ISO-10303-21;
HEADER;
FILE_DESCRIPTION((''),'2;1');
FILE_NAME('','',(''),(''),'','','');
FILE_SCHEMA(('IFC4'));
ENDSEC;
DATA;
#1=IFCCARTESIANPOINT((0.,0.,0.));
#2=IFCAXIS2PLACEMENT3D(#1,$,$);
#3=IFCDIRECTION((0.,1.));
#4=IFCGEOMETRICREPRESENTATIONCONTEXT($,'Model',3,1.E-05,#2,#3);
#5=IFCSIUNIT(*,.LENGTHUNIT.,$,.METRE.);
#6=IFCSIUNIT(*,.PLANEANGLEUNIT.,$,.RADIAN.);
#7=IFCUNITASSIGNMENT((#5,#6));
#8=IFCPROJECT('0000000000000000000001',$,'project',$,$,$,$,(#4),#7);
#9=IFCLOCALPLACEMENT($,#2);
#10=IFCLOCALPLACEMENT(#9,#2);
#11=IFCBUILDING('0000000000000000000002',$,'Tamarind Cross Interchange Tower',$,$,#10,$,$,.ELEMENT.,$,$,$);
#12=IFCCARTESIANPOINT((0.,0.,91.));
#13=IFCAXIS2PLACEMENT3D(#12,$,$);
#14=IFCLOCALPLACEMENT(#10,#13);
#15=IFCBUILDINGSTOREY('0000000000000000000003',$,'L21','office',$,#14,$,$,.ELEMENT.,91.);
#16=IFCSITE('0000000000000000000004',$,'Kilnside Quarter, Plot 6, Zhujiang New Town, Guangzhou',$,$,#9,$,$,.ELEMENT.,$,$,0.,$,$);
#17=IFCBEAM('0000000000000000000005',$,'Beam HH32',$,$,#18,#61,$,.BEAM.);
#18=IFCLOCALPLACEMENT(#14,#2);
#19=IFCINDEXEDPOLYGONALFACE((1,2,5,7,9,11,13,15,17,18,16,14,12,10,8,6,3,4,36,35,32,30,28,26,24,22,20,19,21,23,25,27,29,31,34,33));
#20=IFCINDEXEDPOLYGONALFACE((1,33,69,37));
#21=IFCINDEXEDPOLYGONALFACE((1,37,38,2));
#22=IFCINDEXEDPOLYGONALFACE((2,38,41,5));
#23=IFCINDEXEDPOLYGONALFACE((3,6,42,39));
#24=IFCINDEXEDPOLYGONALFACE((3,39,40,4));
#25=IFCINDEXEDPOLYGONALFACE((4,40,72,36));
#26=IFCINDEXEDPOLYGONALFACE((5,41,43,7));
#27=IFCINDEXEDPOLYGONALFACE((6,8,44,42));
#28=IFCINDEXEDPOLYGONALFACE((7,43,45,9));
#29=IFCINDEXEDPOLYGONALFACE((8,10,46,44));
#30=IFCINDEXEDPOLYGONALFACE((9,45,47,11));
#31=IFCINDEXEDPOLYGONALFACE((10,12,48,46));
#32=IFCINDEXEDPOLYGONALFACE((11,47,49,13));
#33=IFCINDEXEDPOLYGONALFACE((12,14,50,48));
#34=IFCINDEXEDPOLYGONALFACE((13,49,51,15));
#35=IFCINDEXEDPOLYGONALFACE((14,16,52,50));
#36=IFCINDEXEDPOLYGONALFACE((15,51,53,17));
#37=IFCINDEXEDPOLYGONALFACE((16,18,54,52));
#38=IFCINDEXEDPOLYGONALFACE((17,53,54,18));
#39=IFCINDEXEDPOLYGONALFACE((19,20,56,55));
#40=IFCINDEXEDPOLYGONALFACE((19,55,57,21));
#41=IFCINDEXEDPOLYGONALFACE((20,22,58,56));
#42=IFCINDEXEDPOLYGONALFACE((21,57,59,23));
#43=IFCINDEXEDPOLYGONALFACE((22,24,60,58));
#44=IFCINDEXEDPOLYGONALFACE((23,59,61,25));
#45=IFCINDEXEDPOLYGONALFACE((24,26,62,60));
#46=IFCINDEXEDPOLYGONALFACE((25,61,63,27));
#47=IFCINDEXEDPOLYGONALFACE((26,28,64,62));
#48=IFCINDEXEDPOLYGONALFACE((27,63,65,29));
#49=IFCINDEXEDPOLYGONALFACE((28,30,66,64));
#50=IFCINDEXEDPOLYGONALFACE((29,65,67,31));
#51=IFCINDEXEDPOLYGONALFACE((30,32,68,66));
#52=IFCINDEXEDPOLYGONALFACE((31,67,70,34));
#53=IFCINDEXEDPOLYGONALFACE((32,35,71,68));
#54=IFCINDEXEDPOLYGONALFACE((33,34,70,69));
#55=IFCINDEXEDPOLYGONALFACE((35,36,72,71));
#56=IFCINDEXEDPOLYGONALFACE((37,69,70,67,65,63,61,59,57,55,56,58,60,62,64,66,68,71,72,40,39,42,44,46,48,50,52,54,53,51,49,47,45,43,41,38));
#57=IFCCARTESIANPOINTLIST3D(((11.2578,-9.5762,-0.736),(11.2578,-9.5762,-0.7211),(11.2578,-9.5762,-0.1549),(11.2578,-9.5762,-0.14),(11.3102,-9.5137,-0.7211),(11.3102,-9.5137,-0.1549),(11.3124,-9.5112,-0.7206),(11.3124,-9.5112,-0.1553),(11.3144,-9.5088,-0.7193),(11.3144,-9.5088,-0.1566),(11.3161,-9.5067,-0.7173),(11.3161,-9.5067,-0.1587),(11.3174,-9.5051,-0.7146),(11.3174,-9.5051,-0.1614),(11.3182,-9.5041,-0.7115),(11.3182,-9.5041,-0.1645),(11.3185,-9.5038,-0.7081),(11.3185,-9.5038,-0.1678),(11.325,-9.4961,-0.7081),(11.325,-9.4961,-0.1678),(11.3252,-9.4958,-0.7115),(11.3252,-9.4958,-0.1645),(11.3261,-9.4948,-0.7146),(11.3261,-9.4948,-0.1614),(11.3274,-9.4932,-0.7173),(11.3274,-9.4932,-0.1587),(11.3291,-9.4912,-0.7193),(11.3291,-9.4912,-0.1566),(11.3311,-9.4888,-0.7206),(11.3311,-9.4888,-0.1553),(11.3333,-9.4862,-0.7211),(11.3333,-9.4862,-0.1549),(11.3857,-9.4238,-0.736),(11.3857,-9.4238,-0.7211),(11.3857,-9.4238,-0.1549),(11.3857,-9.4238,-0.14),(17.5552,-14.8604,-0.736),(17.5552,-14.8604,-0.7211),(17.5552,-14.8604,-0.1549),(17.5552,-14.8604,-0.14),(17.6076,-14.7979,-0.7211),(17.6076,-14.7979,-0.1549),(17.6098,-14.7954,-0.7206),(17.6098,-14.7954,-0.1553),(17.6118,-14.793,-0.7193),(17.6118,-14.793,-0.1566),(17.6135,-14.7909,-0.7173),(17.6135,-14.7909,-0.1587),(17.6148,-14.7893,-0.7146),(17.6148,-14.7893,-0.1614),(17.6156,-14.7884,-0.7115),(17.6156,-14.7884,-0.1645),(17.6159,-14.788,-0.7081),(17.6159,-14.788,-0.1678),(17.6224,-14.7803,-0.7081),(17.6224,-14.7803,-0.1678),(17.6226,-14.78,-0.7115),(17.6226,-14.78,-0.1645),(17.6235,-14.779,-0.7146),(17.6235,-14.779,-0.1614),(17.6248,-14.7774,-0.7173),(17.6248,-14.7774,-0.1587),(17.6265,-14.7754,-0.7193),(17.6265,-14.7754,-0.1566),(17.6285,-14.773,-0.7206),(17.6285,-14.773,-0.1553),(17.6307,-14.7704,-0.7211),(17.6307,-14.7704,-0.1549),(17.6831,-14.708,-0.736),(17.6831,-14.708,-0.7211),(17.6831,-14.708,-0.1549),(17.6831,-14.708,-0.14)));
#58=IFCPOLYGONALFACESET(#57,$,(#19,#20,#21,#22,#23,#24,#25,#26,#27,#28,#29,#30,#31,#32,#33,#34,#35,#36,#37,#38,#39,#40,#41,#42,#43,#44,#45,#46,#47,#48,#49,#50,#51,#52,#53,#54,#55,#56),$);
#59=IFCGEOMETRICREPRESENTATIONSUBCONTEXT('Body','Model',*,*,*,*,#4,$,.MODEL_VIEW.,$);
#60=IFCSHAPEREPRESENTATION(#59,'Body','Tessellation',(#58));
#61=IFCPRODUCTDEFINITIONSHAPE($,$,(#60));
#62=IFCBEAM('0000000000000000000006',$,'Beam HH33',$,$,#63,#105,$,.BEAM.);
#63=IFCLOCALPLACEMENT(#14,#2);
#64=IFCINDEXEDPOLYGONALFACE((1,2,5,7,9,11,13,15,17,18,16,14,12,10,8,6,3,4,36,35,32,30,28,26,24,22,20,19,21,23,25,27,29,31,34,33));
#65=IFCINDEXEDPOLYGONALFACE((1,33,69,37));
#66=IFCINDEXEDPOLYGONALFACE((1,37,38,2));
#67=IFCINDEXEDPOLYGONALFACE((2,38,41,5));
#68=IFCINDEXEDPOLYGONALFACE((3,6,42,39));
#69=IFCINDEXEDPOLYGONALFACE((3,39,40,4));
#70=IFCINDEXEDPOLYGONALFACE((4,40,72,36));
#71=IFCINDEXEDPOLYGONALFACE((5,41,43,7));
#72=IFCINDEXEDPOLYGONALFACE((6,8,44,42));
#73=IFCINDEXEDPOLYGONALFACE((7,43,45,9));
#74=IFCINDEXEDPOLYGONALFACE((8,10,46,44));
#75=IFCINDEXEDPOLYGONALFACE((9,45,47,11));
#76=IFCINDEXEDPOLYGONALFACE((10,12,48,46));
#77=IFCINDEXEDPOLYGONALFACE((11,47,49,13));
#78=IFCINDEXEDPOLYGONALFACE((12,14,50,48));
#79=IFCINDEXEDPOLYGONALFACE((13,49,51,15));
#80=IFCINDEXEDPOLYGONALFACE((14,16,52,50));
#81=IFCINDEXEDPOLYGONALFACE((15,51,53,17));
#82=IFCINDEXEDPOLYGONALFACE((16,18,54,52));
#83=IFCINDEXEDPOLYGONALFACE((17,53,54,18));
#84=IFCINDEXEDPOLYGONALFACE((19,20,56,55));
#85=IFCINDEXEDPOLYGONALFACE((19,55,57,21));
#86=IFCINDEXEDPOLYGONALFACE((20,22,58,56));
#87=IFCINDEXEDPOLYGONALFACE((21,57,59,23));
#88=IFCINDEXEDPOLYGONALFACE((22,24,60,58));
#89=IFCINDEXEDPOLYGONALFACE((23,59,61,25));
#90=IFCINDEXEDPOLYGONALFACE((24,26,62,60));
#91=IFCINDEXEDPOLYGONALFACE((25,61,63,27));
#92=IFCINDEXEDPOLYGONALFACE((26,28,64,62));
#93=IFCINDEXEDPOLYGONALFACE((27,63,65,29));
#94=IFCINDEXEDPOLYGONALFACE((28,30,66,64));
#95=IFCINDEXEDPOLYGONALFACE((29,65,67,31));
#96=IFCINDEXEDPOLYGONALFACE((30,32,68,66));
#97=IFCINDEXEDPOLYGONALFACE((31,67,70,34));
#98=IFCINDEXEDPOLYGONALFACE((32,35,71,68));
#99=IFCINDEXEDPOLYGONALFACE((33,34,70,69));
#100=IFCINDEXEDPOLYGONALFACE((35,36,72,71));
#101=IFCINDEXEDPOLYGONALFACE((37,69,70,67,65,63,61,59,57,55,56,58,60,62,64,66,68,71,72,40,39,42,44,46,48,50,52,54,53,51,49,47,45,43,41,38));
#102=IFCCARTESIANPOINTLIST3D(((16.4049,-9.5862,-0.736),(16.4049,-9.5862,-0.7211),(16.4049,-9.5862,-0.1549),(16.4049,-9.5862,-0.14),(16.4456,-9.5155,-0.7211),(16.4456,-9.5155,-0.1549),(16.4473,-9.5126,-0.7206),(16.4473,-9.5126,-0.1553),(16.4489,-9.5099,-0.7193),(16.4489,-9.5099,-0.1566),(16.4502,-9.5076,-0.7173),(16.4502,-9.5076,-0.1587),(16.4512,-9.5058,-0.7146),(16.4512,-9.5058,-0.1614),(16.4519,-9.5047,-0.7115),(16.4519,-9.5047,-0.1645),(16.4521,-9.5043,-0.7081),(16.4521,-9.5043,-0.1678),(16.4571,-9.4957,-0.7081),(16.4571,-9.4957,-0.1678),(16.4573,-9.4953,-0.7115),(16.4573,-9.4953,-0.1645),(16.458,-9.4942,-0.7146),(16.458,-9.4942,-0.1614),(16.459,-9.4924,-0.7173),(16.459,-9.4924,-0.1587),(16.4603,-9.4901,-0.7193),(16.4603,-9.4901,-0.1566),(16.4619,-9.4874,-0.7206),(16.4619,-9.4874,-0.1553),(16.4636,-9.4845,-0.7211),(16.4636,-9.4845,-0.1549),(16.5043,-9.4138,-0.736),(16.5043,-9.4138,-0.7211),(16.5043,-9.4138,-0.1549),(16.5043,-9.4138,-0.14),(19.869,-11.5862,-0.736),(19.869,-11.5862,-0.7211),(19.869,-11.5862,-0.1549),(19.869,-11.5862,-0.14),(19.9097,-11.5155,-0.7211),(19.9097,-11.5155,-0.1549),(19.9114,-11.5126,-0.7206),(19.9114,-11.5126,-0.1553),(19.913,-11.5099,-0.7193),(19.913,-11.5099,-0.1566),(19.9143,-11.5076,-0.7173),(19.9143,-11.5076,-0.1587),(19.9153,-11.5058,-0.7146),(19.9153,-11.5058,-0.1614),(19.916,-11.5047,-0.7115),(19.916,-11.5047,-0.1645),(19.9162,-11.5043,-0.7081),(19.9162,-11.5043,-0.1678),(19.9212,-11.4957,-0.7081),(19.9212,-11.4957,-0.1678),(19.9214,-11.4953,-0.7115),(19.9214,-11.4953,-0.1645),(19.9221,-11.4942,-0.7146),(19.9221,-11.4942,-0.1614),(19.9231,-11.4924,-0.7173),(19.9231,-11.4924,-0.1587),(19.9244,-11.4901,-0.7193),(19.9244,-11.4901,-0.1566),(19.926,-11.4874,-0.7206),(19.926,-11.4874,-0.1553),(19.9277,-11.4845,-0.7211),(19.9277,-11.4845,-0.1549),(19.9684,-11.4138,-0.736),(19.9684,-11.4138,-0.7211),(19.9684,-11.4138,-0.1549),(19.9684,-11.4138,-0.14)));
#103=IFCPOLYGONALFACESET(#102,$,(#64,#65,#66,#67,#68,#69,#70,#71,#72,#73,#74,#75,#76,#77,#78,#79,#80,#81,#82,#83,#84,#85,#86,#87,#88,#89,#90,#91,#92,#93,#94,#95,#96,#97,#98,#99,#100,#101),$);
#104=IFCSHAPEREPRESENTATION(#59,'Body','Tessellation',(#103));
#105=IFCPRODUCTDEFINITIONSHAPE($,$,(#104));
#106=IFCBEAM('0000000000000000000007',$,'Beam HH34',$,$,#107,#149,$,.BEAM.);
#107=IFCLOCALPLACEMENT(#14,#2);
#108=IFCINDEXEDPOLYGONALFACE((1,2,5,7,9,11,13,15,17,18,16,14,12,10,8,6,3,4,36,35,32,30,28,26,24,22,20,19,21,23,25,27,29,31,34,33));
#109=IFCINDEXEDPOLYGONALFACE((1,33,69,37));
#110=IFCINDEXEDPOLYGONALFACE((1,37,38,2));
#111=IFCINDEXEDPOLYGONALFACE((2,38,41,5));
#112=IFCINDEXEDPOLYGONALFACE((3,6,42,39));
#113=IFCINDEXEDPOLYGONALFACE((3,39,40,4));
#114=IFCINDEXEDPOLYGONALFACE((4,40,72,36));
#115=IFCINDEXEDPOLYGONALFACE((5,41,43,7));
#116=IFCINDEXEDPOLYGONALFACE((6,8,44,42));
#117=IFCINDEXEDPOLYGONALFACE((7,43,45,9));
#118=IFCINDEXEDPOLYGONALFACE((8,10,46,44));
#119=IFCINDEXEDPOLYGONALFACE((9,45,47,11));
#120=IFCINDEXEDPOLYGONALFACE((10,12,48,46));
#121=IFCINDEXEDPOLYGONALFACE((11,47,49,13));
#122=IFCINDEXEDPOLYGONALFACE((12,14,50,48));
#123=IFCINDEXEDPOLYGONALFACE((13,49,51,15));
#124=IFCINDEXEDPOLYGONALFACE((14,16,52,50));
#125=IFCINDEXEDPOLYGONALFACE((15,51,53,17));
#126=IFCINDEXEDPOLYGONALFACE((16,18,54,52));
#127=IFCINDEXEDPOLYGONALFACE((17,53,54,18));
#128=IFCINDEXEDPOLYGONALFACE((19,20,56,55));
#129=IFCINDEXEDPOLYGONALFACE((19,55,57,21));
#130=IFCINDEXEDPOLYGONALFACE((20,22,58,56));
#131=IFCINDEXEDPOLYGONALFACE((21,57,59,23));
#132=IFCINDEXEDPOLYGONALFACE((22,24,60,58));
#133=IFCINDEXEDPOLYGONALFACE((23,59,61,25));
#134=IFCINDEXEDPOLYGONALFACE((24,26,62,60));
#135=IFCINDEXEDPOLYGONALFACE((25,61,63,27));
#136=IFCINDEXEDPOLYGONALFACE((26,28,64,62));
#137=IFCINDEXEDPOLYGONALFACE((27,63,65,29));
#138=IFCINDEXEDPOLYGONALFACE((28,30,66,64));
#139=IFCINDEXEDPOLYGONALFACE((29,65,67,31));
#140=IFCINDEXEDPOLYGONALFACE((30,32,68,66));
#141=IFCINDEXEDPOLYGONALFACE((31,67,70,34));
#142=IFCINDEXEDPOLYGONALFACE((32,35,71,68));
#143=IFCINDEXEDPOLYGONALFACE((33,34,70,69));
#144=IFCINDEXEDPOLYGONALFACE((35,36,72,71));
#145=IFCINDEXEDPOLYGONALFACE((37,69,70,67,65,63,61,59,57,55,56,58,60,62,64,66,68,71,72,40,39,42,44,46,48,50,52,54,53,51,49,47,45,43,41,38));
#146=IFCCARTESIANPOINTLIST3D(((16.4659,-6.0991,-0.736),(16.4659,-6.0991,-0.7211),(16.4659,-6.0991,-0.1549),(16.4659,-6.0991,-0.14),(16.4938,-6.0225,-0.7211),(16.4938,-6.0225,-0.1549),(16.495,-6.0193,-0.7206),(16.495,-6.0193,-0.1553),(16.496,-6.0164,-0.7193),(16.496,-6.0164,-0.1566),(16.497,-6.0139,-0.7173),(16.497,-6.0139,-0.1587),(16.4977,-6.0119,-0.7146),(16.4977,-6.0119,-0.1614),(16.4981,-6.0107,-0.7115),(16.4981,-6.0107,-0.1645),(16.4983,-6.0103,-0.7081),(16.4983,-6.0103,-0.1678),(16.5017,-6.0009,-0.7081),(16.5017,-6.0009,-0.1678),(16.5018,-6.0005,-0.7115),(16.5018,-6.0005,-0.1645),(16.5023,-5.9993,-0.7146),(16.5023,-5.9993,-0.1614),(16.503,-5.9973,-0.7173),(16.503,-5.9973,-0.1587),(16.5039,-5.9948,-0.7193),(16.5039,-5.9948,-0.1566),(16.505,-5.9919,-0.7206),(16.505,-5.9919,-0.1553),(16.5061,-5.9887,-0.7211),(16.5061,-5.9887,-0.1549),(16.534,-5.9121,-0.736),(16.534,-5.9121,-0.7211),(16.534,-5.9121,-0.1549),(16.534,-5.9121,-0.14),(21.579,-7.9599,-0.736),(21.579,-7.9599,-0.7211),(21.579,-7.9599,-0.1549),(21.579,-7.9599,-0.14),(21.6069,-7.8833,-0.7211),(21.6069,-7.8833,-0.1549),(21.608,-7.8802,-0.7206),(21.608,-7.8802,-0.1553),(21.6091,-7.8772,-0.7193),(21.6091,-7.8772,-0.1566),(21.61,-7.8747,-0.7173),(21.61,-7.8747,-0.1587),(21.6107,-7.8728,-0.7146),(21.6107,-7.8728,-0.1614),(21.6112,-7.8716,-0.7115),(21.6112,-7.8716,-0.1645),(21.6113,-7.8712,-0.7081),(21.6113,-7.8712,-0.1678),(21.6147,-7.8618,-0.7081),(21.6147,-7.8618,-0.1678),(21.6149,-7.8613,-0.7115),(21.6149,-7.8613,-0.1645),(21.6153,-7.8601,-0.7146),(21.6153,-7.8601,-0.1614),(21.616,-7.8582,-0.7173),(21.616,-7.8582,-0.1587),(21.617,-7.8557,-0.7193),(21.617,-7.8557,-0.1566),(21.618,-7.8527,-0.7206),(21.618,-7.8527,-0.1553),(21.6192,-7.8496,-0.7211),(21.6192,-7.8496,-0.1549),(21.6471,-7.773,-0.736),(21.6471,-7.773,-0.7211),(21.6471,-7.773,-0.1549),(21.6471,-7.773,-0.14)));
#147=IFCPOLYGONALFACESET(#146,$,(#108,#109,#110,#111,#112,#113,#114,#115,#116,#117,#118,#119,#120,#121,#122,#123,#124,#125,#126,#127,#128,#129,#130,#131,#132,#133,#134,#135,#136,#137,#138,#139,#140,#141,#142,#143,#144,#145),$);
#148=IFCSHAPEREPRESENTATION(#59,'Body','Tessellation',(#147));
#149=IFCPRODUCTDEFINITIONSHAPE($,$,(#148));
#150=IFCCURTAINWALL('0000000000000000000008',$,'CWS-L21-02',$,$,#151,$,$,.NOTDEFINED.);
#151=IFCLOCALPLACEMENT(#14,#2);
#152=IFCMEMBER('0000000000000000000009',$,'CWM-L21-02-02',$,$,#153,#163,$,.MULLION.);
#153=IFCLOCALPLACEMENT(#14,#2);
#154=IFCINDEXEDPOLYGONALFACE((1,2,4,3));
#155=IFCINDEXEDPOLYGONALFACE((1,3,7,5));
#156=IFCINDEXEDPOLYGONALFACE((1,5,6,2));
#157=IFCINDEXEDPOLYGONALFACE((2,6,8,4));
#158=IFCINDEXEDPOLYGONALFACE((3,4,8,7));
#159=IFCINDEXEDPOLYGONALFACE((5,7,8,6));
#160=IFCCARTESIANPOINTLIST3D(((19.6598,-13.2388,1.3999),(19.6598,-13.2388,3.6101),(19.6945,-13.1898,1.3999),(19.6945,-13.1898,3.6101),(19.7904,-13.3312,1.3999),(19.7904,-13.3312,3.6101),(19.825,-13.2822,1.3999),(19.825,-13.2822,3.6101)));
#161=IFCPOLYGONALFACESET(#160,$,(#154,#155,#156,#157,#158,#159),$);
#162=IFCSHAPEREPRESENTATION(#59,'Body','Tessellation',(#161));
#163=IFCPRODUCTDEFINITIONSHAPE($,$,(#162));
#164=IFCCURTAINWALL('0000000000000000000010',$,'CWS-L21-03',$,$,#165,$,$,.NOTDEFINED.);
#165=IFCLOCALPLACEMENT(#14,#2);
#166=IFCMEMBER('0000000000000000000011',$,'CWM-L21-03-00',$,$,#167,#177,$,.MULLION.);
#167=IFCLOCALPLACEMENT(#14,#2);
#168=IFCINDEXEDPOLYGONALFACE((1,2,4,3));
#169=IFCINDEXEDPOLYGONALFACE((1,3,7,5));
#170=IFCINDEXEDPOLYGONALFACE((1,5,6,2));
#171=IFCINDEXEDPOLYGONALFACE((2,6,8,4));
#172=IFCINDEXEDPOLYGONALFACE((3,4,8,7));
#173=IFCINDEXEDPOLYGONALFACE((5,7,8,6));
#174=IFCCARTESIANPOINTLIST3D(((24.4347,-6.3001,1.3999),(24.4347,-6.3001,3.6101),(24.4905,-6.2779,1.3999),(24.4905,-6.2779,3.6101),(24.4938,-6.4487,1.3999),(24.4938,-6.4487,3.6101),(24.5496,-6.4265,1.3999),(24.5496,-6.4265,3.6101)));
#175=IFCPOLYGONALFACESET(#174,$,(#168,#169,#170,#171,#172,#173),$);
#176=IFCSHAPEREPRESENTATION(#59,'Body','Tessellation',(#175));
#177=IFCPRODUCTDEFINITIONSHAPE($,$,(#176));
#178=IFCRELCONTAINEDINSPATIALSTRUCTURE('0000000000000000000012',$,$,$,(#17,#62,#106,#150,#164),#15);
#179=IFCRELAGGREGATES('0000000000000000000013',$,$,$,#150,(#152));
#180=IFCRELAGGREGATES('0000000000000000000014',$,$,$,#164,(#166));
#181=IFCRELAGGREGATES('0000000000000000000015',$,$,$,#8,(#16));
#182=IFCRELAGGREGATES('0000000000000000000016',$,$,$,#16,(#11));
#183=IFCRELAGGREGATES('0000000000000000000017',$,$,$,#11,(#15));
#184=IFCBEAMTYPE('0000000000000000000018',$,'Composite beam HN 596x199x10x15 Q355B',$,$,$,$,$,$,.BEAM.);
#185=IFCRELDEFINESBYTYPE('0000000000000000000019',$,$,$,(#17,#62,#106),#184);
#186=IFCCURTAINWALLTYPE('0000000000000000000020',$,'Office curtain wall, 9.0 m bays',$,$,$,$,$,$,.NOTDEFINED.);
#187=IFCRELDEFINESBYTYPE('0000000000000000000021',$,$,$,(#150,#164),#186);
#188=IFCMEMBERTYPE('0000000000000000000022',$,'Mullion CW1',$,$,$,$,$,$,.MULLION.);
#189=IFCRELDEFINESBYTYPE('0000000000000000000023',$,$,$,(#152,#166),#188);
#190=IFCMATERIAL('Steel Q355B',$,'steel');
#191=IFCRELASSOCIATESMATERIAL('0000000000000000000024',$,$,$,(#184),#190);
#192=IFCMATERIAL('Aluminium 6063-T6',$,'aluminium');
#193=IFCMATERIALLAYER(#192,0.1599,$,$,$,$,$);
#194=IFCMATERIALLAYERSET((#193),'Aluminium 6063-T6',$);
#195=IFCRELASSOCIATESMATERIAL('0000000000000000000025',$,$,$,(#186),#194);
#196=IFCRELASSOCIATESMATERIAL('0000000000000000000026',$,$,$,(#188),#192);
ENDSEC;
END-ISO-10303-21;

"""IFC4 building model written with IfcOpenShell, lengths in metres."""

from ifc_helpers import new_model, si_unit, direction, frame, origin, origin_2d, place, context, subcontext, project, spatial, rectangle, i_section, extrude, material, layer, layer_set, material_profile, profile_set, type_object, element, aggregate, save


model = new_model("IFC4")

# Units and contexts
model_context = context("Model", 3, precision=1e-05, world=origin(), true_north=direction((0.0, 1.0)))
body_context = subcontext(model_context, "Body", "Model", "MODEL_VIEW")
ifc_project = project(units=[si_unit("LENGTHUNIT", "METRE"), si_unit("PLANEANGLEUNIT", "RADIAN")], contexts=[model_context])

# Site, building, storey
site_placement = place(None, origin())
site = spatial("IfcSite", under=ifc_project, at=site_placement, Name="Kilnside Quarter, Plot 6, Zhujiang New Town, Guangzhou", CompositionType="ELEMENT", RefElevation=0.0)
building_placement = place(site_placement, origin())
building = spatial("IfcBuilding", under=site, at=building_placement, Name="Tamarind Cross Interchange Tower", CompositionType="ELEMENT")
storey_placement = place(building_placement, frame((0.0, 0.0, 91.0)))
storey = spatial("IfcBuildingStorey", under=building, at=storey_placement, Name="L21", Description="office", CompositionType="ELEMENT", Elevation=91.0)

# Beams
ifc_material_1 = material(Name="Steel Q355B", Category="steel")
ifc_material_profile_1 = material_profile(ifc_material_1, i_section(OverallWidth=0.199, OverallDepth=0.5959, WebThickness=0.01, FlangeThickness=0.0149, FilletRadius=0.0129, at=origin_2d()), Name="HN 596x199x10x15")
ifc_profile_set_1 = profile_set([ifc_material_profile_1], Name="Steel Q355B")
beam_type = type_object("IfcBeamType", Name="Composite beam HN 596x199x10x15 Q355B", PredefinedType="BEAM", material=ifc_profile_set_1)
beam_1_placement = place(storey_placement, frame((17.6191, -14.7842, -0.438), z_axis=(-0.766041, 0.642792, 0.0), x_axis=(-0.642792, -0.766041, 0.0)))
element("IfcBeam", 1, at=beam_1_placement, inside=storey, type_object=beam_type, Name="Beam HH32", PredefinedType="BEAM", context=body_context, shape_type="SweptSolid", body=[
    extrude(i_section(OverallWidth=0.199, OverallDepth=0.5959, WebThickness=0.01, FlangeThickness=0.0149, FilletRadius=0.0129, at=origin_2d()), origin(), (0.0, 0.0, 1.0), 8.2207),
])
beam_2_placement = place(storey_placement, frame((19.9187, -11.5, -0.438), z_axis=(-0.866026, 0.499999, 0.0), x_axis=(-0.499999, -0.866026, 0.0)))
element("IfcBeam", 2, at=beam_2_placement, inside=storey, type_object=beam_type, Name="Beam HH33", PredefinedType="BEAM", context=body_context, shape_type="SweptSolid", body=[
    extrude(i_section(OverallWidth=0.199, OverallDepth=0.5959, WebThickness=0.01, FlangeThickness=0.0149, FilletRadius=0.0129, at=origin_2d()), origin(), (0.0, 0.0, 1.0), 4.0),
])
beam_3_placement = place(storey_placement, frame((21.613, -7.8665, -0.438), z_axis=(-0.939702, 0.341995, 0.0), x_axis=(-0.341995, -0.939702, 0.0)))
element("IfcBeam", 3, at=beam_3_placement, inside=storey, type_object=beam_type, Name="Beam HH34", PredefinedType="BEAM", context=body_context, shape_type="SweptSolid", body=[
    extrude(i_section(OverallWidth=0.199, OverallDepth=0.5959, WebThickness=0.01, FlangeThickness=0.0149, FilletRadius=0.0129, at=origin_2d()), origin(), (0.0, 0.0, 1.0), 5.4412),
])

# Curtain walls, members
ifc_material_2 = material(Name="Aluminium 6063-T6", Category="aluminium")
ifc_layer_1 = layer(ifc_material_2, 0.1599)
ifc_layer_set_1 = layer_set([ifc_layer_1], Name="Aluminium 6063-T6")
curtain_wall_type = type_object("IfcCurtainWallType", Name="Office curtain wall, 9.0 m bays", PredefinedType="NOTDEFINED", material=ifc_layer_set_1)
curtain_wall_1_placement = place(storey_placement, origin())
curtain_wall_1 = element("IfcCurtainWall", 4, at=curtain_wall_1_placement, inside=storey, type_object=curtain_wall_type, Name="CWS-L21-02", PredefinedType="NOTDEFINED")
ifc_material_profile_2 = material_profile(ifc_material_2, rectangle(XDim=0.0601, YDim=0.1599, at=origin_2d()), Name="Mullion CW1")
ifc_profile_set_2 = profile_set([ifc_material_profile_2], Name="Aluminium 6063-T6")
member_type = type_object("IfcMemberType", Name="Mullion CW1", PredefinedType="MULLION", material=ifc_profile_set_2)
member_1_placement = place(storey_placement, frame((19.7424, -13.2605, 1.3999), z_axis=(0.0, 0.0, 1.0), x_axis=(0.577569, 0.816342, 0.0)))
member_1 = element("IfcMember", 5, at=member_1_placement, type_object=member_type, Name="CWM-L21-02-02", PredefinedType="MULLION", context=body_context, shape_type="SweptSolid", body=[
    extrude(rectangle(XDim=0.0601, YDim=0.1599, at=origin_2d()), origin(), (0.0, 0.0, 1.0), 2.2102),
])
aggregate(curtain_wall_1, [member_1])
curtain_wall_2_placement = place(storey_placement, origin())
curtain_wall_2 = element("IfcCurtainWall", 6, at=curtain_wall_2_placement, inside=storey, type_object=curtain_wall_type, Name="CWS-L21-03", PredefinedType="NOTDEFINED")
member_2_placement = place(storey_placement, frame((24.4922, -6.3633, 1.3999), z_axis=(0.0, 0.0, 1.0), x_axis=(0.929177, 0.369635, 0.0)))
member_2 = element("IfcMember", 7, at=member_2_placement, type_object=member_type, Name="CWM-L21-03-00", PredefinedType="MULLION", context=body_context, shape_type="SweptSolid", body=[
    extrude(rectangle(XDim=0.0601, YDim=0.1599, at=origin_2d()), origin(), (0.0, 0.0, 1.0), 2.2102),
])
aggregate(curtain_wall_2, [member_2])

save(model, "model.ifc")
